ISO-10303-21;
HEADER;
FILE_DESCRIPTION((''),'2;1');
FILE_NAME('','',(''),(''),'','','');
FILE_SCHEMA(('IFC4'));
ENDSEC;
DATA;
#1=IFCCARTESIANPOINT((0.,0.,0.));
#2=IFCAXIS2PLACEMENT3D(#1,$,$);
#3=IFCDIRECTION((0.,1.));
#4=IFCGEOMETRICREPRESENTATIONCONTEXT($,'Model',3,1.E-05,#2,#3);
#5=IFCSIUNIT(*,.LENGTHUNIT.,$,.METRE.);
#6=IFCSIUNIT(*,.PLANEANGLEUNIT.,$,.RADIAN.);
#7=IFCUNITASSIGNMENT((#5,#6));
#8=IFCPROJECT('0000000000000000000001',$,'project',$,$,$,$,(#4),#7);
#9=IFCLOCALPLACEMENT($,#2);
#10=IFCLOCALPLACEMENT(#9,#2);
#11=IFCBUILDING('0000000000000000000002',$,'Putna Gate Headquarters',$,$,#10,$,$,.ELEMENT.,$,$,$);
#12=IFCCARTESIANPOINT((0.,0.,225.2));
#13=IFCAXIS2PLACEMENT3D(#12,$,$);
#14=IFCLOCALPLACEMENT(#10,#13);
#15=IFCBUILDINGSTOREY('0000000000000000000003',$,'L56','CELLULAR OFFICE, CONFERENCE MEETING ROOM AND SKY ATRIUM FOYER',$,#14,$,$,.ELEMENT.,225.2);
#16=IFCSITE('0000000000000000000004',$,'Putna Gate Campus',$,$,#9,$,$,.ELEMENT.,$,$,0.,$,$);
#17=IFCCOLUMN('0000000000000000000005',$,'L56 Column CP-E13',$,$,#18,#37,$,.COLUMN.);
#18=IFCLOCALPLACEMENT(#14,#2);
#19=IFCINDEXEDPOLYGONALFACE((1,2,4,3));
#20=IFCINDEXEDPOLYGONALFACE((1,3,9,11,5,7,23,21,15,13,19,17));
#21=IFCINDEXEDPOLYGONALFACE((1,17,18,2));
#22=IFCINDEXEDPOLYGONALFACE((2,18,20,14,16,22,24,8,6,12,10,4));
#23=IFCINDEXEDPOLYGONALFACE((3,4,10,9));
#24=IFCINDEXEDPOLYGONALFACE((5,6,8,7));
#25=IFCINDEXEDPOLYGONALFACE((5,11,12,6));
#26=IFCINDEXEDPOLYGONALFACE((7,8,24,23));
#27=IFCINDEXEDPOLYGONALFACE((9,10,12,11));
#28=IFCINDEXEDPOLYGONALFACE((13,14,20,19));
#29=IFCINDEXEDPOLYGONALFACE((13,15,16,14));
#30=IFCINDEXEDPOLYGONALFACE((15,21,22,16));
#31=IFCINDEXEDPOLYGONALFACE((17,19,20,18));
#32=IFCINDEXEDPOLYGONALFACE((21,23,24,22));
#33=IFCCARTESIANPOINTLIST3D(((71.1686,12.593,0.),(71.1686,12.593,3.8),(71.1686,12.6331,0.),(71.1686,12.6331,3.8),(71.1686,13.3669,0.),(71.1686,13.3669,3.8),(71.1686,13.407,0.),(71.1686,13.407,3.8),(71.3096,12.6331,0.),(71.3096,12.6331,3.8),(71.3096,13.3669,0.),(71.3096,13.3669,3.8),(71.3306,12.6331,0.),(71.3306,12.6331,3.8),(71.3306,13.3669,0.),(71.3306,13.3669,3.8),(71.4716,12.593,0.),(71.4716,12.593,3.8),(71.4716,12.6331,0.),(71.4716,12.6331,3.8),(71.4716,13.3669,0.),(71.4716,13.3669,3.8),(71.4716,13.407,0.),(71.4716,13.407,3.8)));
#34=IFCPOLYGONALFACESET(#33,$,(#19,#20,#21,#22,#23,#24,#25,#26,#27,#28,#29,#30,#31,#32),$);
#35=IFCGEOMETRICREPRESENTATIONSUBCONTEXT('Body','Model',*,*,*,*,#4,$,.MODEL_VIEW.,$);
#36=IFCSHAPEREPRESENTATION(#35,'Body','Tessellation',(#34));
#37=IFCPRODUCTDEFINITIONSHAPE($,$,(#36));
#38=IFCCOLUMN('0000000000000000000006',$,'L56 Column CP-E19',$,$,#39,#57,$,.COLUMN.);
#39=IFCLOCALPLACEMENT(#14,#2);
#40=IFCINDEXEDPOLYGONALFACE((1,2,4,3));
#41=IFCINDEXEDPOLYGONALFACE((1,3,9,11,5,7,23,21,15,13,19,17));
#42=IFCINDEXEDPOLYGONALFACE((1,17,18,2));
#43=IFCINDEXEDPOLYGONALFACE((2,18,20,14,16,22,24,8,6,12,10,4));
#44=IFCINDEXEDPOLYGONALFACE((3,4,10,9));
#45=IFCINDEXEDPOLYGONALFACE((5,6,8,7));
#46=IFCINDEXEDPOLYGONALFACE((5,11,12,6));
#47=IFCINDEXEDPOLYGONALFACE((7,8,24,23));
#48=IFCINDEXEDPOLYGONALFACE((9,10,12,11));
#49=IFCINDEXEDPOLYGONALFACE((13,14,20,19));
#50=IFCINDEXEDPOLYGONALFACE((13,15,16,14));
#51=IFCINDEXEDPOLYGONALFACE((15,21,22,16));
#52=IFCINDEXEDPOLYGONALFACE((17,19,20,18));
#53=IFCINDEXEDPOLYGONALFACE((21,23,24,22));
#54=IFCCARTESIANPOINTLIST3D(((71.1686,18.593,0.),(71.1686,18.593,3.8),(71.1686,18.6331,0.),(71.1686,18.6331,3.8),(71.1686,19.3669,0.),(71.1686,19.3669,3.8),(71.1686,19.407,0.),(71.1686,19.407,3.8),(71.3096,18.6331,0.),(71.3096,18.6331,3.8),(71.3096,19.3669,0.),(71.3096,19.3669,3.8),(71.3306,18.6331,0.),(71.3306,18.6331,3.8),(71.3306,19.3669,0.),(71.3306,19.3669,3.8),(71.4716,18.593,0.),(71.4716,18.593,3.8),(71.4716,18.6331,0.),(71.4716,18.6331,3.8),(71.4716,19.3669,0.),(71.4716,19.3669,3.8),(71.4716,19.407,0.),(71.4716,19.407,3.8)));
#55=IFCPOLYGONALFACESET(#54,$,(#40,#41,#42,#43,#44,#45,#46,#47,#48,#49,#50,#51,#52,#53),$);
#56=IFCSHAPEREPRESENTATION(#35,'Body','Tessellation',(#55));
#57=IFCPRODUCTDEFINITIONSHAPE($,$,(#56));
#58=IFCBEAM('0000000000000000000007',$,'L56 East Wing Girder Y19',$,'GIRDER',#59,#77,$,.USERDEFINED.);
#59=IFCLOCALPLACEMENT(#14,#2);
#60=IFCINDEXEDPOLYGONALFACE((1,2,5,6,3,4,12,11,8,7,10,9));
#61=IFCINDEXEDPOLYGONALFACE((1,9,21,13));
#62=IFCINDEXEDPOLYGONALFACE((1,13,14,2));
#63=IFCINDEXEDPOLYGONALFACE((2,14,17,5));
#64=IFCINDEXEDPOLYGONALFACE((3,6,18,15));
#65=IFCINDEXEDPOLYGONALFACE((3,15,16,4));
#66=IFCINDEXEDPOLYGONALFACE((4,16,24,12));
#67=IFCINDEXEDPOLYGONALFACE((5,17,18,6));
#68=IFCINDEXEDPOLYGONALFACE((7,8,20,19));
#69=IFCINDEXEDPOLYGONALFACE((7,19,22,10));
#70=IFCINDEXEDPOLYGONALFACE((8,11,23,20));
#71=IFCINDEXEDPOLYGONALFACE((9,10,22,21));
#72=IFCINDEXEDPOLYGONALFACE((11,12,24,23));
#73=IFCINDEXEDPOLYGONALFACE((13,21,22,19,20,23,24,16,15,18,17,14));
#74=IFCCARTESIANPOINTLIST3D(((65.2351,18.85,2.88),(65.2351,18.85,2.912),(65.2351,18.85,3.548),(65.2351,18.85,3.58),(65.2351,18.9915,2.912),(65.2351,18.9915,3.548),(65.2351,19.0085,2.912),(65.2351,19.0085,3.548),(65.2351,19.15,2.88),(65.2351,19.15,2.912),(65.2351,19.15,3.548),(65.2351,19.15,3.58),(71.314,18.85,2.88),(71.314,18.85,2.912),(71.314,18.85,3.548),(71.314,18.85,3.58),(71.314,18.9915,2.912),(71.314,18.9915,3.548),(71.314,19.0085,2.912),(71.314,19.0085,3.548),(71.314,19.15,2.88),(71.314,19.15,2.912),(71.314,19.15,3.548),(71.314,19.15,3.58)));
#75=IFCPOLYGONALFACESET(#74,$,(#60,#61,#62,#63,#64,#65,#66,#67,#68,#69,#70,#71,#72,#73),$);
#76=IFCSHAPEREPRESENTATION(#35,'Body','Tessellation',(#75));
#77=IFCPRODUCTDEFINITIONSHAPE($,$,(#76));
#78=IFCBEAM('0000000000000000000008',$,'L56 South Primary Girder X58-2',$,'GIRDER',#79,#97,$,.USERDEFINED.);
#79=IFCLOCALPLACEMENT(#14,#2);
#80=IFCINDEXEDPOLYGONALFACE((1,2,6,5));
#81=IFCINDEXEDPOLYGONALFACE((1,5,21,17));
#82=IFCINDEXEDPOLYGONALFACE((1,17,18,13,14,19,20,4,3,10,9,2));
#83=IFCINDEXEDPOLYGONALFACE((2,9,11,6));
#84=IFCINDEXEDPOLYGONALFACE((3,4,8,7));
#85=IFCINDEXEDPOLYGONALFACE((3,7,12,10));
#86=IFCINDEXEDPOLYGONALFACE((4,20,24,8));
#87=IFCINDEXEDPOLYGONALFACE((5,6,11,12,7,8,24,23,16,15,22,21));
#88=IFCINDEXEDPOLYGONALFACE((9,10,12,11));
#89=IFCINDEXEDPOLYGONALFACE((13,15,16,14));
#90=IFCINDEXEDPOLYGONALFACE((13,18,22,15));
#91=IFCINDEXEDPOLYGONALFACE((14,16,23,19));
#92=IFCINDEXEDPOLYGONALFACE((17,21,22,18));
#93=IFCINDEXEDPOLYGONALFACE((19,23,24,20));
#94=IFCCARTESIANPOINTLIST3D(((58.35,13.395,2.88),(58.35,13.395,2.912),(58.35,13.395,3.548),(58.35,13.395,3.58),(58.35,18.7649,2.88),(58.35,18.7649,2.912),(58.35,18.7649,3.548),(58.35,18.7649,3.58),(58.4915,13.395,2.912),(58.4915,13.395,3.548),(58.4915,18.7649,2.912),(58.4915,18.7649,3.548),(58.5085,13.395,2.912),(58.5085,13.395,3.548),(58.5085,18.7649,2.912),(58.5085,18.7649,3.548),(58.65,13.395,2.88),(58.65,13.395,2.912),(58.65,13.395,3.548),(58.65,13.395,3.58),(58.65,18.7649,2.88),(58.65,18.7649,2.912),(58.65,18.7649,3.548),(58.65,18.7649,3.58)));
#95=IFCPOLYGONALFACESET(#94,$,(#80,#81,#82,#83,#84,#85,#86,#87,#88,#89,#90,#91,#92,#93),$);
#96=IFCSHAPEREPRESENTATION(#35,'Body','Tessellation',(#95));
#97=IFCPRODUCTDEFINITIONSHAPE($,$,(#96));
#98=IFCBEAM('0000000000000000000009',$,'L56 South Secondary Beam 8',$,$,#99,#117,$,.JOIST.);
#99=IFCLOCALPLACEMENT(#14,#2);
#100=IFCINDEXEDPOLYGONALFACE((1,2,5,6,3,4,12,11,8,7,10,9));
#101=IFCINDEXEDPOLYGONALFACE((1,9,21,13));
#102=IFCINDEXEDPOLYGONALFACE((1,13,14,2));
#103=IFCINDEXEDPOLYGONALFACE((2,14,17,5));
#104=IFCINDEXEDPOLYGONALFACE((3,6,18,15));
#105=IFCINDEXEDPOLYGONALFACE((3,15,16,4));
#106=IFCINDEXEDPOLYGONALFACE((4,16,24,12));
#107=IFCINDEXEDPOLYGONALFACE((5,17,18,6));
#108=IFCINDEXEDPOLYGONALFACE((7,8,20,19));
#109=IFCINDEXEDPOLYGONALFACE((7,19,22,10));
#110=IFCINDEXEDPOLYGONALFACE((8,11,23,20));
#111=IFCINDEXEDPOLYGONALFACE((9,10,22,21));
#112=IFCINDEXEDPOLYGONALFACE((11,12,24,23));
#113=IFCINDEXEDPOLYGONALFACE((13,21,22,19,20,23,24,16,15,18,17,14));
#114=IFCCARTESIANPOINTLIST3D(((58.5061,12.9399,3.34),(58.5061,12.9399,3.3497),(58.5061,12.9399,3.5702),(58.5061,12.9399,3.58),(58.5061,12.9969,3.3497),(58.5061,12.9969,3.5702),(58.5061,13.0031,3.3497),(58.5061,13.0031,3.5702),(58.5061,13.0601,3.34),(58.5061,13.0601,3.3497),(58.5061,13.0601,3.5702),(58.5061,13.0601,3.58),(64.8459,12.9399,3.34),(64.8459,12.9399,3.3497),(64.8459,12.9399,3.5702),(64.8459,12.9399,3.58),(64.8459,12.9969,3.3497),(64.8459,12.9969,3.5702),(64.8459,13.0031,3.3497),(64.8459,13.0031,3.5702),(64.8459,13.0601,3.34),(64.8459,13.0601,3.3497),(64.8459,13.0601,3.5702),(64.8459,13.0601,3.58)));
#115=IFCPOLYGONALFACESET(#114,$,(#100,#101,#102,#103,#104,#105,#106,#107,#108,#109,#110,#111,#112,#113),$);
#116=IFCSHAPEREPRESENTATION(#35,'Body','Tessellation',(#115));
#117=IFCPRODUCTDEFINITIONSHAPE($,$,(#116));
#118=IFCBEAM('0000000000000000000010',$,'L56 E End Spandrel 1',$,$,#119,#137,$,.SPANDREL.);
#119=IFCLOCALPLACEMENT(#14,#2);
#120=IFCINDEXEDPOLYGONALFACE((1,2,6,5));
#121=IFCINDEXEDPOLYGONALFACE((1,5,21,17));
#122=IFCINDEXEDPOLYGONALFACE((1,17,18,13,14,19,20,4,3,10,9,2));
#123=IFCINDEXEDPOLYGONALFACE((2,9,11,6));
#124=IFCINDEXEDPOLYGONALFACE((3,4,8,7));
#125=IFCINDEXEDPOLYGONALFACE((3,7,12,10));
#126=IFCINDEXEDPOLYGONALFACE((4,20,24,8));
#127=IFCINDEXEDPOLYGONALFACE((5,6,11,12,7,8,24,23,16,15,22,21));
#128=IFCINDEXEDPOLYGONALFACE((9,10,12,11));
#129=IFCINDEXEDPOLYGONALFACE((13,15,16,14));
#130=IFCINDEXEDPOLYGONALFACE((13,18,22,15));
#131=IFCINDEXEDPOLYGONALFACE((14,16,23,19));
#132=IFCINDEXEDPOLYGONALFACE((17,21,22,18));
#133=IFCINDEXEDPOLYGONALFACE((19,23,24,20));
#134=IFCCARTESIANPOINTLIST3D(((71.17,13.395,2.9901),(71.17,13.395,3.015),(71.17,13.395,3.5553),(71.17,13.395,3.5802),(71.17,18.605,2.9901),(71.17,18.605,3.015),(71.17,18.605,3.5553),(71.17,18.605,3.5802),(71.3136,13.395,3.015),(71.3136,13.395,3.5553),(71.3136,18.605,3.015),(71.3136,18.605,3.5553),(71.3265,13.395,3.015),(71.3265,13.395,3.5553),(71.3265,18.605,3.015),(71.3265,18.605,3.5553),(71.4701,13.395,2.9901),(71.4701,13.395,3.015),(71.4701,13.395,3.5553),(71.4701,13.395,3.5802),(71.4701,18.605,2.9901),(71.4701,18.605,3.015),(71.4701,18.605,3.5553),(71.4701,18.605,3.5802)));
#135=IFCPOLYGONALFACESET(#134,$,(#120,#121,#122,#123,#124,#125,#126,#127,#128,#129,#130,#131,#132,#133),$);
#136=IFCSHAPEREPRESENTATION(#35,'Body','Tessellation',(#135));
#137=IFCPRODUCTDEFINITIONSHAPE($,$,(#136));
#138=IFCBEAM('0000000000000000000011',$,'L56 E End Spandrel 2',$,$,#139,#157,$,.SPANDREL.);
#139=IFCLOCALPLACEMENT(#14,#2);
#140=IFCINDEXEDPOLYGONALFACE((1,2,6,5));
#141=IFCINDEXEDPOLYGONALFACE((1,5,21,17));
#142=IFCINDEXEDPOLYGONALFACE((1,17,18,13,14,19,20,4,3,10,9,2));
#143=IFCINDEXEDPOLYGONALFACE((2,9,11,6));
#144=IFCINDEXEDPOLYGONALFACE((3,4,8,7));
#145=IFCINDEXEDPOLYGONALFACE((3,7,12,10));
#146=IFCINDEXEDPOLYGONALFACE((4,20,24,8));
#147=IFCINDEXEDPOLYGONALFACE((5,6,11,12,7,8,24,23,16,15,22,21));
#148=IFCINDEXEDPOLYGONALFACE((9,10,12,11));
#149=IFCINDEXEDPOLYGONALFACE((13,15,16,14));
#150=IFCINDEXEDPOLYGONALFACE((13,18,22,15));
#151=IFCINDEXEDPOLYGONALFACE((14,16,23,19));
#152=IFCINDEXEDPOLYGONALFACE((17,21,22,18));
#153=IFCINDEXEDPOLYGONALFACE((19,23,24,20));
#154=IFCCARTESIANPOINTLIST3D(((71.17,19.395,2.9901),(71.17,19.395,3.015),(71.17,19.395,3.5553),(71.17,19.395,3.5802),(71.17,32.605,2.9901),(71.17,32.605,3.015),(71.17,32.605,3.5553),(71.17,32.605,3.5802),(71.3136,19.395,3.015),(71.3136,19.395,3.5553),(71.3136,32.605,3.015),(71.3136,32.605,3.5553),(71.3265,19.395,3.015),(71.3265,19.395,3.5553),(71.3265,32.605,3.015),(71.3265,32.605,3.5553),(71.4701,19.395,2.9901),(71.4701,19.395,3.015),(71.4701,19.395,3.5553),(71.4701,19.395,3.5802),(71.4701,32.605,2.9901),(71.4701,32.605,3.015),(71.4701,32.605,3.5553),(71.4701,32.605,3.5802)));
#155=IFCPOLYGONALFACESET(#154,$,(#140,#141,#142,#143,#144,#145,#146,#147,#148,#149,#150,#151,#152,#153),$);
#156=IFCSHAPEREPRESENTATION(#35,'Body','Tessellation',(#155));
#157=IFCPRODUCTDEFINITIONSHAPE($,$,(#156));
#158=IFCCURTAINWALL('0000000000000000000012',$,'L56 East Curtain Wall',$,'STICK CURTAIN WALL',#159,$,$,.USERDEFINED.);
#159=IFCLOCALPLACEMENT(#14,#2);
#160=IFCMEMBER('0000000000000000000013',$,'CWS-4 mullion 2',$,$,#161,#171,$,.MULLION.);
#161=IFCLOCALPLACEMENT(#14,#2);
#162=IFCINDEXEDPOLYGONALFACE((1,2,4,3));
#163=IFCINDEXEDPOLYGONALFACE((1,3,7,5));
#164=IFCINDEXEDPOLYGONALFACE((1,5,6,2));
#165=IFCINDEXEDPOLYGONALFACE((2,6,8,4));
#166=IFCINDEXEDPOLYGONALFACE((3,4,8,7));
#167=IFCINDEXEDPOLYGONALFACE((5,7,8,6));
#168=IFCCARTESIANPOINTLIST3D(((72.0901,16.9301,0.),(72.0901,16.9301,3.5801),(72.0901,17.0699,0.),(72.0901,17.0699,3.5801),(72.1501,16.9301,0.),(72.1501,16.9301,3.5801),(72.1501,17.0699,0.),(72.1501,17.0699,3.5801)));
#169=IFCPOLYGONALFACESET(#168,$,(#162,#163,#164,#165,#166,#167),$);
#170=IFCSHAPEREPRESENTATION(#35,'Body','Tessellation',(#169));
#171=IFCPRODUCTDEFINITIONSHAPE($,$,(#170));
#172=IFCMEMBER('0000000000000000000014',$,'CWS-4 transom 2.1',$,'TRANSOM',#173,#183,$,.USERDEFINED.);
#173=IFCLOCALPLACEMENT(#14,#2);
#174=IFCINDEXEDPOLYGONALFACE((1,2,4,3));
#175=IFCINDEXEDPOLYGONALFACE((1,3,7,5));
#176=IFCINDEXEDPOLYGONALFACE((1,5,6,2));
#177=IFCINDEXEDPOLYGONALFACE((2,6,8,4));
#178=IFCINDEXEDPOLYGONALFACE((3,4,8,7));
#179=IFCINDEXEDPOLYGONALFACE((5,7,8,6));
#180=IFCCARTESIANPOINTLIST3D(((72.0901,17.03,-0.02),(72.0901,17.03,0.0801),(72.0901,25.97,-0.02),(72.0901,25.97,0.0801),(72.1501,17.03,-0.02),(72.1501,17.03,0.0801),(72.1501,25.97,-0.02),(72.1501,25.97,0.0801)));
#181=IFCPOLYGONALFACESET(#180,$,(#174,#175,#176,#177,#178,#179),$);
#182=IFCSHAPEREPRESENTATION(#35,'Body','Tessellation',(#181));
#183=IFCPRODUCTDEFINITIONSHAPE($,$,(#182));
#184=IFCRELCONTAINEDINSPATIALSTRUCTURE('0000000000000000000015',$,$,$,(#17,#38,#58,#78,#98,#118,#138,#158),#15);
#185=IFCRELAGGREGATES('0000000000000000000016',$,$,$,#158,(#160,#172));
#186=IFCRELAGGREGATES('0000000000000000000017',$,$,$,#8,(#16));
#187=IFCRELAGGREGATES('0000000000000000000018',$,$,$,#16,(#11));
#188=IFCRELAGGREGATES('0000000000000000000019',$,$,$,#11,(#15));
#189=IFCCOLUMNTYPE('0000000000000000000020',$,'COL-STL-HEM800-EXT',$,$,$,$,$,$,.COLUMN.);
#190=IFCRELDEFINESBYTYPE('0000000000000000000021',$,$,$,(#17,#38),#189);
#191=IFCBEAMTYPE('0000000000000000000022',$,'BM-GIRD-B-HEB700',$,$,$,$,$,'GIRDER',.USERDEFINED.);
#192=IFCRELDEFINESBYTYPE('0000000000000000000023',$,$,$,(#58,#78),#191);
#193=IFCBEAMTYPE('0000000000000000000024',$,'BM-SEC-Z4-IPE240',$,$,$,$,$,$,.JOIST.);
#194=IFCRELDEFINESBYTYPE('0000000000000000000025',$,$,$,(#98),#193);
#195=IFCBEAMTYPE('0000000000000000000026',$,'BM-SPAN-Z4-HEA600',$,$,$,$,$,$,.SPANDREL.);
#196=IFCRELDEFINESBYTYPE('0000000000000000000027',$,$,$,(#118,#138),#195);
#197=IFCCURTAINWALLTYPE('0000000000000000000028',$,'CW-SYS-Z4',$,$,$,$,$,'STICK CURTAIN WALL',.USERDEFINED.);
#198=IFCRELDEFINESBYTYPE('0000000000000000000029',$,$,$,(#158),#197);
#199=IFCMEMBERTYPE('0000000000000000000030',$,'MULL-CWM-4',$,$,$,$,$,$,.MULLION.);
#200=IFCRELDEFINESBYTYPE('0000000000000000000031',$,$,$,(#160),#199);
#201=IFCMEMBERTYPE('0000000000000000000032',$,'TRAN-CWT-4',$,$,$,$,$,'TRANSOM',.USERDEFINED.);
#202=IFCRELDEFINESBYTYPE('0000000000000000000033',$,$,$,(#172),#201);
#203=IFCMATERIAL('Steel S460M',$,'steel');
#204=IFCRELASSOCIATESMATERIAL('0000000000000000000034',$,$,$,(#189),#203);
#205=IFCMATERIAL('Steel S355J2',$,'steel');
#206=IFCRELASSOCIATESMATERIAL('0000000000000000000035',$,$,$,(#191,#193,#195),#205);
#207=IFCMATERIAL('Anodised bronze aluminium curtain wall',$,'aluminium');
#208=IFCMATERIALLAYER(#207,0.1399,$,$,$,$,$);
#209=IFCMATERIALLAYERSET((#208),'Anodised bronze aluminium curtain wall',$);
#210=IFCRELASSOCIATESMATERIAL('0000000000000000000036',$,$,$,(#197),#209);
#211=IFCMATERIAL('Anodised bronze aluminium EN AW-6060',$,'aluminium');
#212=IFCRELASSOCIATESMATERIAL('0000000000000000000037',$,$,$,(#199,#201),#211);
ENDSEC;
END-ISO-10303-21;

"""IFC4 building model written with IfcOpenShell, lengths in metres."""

from ifc_helpers import new_model, si_unit, direction, frame, origin, origin_2d, place, context, subcontext, project, spatial, rectangle, i_section, extrude, material, layer, layer_set, material_profile, profile_set, type_object, element, aggregate, save


model = new_model("IFC4")

# Units and contexts
model_context = context("Model", 3, precision=1e-05, world=origin(), true_north=direction((0.0, 1.0)))
body_context = subcontext(model_context, "Body", "Model", "MODEL_VIEW")
ifc_project = project(units=[si_unit("LENGTHUNIT", "METRE"), si_unit("PLANEANGLEUNIT", "RADIAN")], contexts=[model_context])

# Site, building, storey
site_placement = place(None, origin())
site = spatial("IfcSite", under=ifc_project, at=site_placement, Name="Putna Gate Campus", CompositionType="ELEMENT", RefElevation=0.0)
building_placement = place(site_placement, origin())
building = spatial("IfcBuilding", under=site, at=building_placement, Name="Putna Gate Headquarters", CompositionType="ELEMENT")
storey_placement = place(building_placement, frame((0.0, 0.0, 225.2)))
storey = spatial("IfcBuildingStorey", under=building, at=storey_placement, Name="L56", Description="CELLULAR OFFICE, CONFERENCE MEETING ROOM AND SKY ATRIUM FOYER", CompositionType="ELEMENT", Elevation=225.2)

# Columns
ifc_material_1 = material(Name="Steel S460M", Category="steel")
ifc_material_profile_1 = material_profile(ifc_material_1, i_section(OverallWidth=0.303, OverallDepth=0.814, WebThickness=0.021, FlangeThickness=0.04, at=origin_2d()), Name="Steel S460M")
ifc_profile_set_1 = profile_set([ifc_material_profile_1], Name="Steel S460M")
column_type = type_object("IfcColumnType", Name="COL-STL-HEM800-EXT", PredefinedType="COLUMN", material=ifc_profile_set_1)
for number, where, z_axis, x_axis, name in (
    (1, (71.3201, 13.0, 0.0), (0.0, 0.0, 1.0), (1.0, 0.0, 0.0), "L56 Column CP-E13"),
    (2, (71.3201, 19.0, 0.0), (0.0, 0.0, 1.0), (1.0, 0.0, 0.0), "L56 Column CP-E19"),
):
    element("IfcColumn", number, at=place(storey_placement, frame(where, z_axis=z_axis, x_axis=x_axis)), inside=storey, type_object=column_type, Name=name, PredefinedType="COLUMN", context=body_context, shape_type="SweptSolid", body=[
        extrude(i_section(OverallWidth=0.303, OverallDepth=0.814, WebThickness=0.021, FlangeThickness=0.04, at=origin_2d()), origin(), (0.0, 0.0, 1.0), 3.8),
    ])

# Beams
ifc_material_2 = material(Name="Steel S355J2", Category="steel")
ifc_material_profile_2 = material_profile(ifc_material_2, i_section(OverallWidth=0.3, OverallDepth=0.7, WebThickness=0.0171, FlangeThickness=0.032, at=origin_2d()), Name="Steel S355J2")
ifc_profile_set_2 = profile_set([ifc_material_profile_2], Name="Steel S355J2")
beam_type_1 = type_object("IfcBeamType", Name="BM-GIRD-B-HEB700", ElementType="GIRDER", PredefinedType="USERDEFINED", material=ifc_profile_set_2)
beam_1_placement = place(storey_placement, frame((65.2351, 19.0, 3.23), z_axis=(1.0, 0.0, 0.0), x_axis=(0.0, 1.0, 0.0)))
element("IfcBeam", 3, at=beam_1_placement, inside=storey, type_object=beam_type_1, Name="L56 East Wing Girder Y19", ObjectType="GIRDER", PredefinedType="USERDEFINED", context=body_context, shape_type="SweptSolid", body=[
    extrude(i_section(OverallWidth=0.3, OverallDepth=0.7, WebThickness=0.0171, FlangeThickness=0.032, at=origin_2d()), origin(), (0.0, 0.0, 1.0), 6.0789),
])
beam_2_placement = place(storey_placement, frame((58.5, 13.395, 3.23), z_axis=(0.0, 1.0, 0.0), x_axis=(-1.0, 0.0, 0.0)))
element("IfcBeam", 4, at=beam_2_placement, inside=storey, type_object=beam_type_1, Name="L56 South Primary Girder X58-2", ObjectType="GIRDER", PredefinedType="USERDEFINED", context=body_context, shape_type="SweptSolid", body=[
    extrude(i_section(OverallWidth=0.3, OverallDepth=0.7, WebThickness=0.0171, FlangeThickness=0.032, at=origin_2d()), origin(), (0.0, 0.0, 1.0), 5.3699),
])
ifc_material_profile_3 = material_profile(ifc_material_2, i_section(OverallWidth=0.1201, OverallDepth=0.24, WebThickness=0.0061, FlangeThickness=0.0098, at=origin_2d()), Name="Steel S355J2")
ifc_profile_set_3 = profile_set([ifc_material_profile_3], Name="Steel S355J2")
beam_type_2 = type_object("IfcBeamType", Name="BM-SEC-Z4-IPE240", PredefinedType="JOIST", material=ifc_profile_set_3)
beam_3_placement = place(storey_placement, frame((58.5061, 13.0, 3.46), z_axis=(1.0, 0.0, 0.0), x_axis=(0.0, 1.0, 0.0)))
element("IfcBeam", 5, at=beam_3_placement, inside=storey, type_object=beam_type_2, Name="L56 South Secondary Beam 8", PredefinedType="JOIST", context=body_context, shape_type="SweptSolid", body=[
    extrude(i_section(OverallWidth=0.1201, OverallDepth=0.24, WebThickness=0.0061, FlangeThickness=0.0098, at=origin_2d()), origin(), (0.0, 0.0, 1.0), 6.3398),
])
ifc_material_profile_4 = material_profile(ifc_material_2, i_section(OverallWidth=0.3, OverallDepth=0.5901, WebThickness=0.0129, FlangeThickness=0.0249, at=origin_2d()), Name="Steel S355J2")
ifc_profile_set_4 = profile_set([ifc_material_profile_4], Name="Steel S355J2")
beam_type_3 = type_object("IfcBeamType", Name="BM-SPAN-Z4-HEA600", PredefinedType="SPANDREL", material=ifc_profile_set_4)
beam_4_placement = place(storey_placement, frame((71.3201, 13.395, 3.2852), z_axis=(0.0, 1.0, 0.0), x_axis=(-1.0, 0.0, 0.0)))
element("IfcBeam", 6, at=beam_4_placement, inside=storey, type_object=beam_type_3, Name="L56 E End Spandrel 1", PredefinedType="SPANDREL", context=body_context, shape_type="SweptSolid", body=[
    extrude(i_section(OverallWidth=0.3, OverallDepth=0.5901, WebThickness=0.0129, FlangeThickness=0.0249, at=origin_2d()), origin(), (0.0, 0.0, 1.0), 5.21),
])
beam_5_placement = place(storey_placement, frame((71.3201, 19.395, 3.2852), z_axis=(0.0, 1.0, 0.0), x_axis=(-1.0, 0.0, 0.0)))
element("IfcBeam", 7, at=beam_5_placement, inside=storey, type_object=beam_type_3, Name="L56 E End Spandrel 2", PredefinedType="SPANDREL", context=body_context, shape_type="SweptSolid", body=[
    extrude(i_section(OverallWidth=0.3, OverallDepth=0.5901, WebThickness=0.0129, FlangeThickness=0.0249, at=origin_2d()), origin(), (0.0, 0.0, 1.0), 13.21),
])

# Curtain wall, members
ifc_material_3 = material(Name="Anodised bronze aluminium curtain wall", Category="aluminium")
ifc_layer_1 = layer(ifc_material_3, 0.1399)
ifc_layer_set_1 = layer_set([ifc_layer_1], Name="Anodised bronze aluminium curtain wall")
curtain_wall_type = type_object("IfcCurtainWallType", Name="CW-SYS-Z4", ElementType="STICK CURTAIN WALL", PredefinedType="USERDEFINED", material=ifc_layer_set_1)
curtain_wall_placement = place(storey_placement, origin())
curtain_wall = element("IfcCurtainWall", 8, at=curtain_wall_placement, inside=storey, type_object=curtain_wall_type, Name="L56 East Curtain Wall", ObjectType="STICK CURTAIN WALL", PredefinedType="USERDEFINED")
ifc_material_4 = material(Name="Anodised bronze aluminium EN AW-6060", Category="aluminium")
ifc_material_profile_5 = material_profile(ifc_material_4, rectangle(XDim=0.0601, YDim=0.1399, at=origin_2d()), Name="Anodised bronze aluminium EN AW-6060")
ifc_profile_set_5 = profile_set([ifc_material_profile_5], Name="Anodised bronze aluminium EN AW-6060")
member_type_1 = type_object("IfcMemberType", Name="MULL-CWM-4", PredefinedType="MULLION", material=ifc_profile_set_5)
member_1_placement = place(storey_placement, frame((72.1201, 17.0, 0.0), z_axis=(0.0, 0.0, 1.0), x_axis=(-1.0, 0.0, 0.0)))
member_1 = element("IfcMember", 9, at=member_1_placement, type_object=member_type_1, Name="CWS-4 mullion 2", PredefinedType="MULLION", context=body_context, shape_type="SweptSolid", body=[
    extrude(rectangle(XDim=0.0601, YDim=0.1399, at=origin_2d()), origin(), (0.0, 0.0, 1.0), 3.5801),
])
ifc_material_profile_6 = material_profile(ifc_material_4, rectangle(XDim=0.0601, YDim=0.1001, at=origin_2d()), Name="Anodised bronze aluminium EN AW-6060")
ifc_profile_set_6 = profile_set([ifc_material_profile_6], Name="Anodised bronze aluminium EN AW-6060")
member_type_2 = type_object("IfcMemberType", Name="TRAN-CWT-4", ElementType="TRANSOM", PredefinedType="USERDEFINED", material=ifc_profile_set_6)
member_2_placement = place(storey_placement, frame((72.1201, 17.03, 0.03), z_axis=(0.0, 1.0, 0.0), x_axis=(-1.0, 0.0, 0.0)))
member_2 = element("IfcMember", 10, at=member_2_placement, type_object=member_type_2, Name="CWS-4 transom 2.1", ObjectType="TRANSOM", PredefinedType="USERDEFINED", context=body_context, shape_type="SweptSolid", body=[
    extrude(rectangle(XDim=0.0601, YDim=0.1001, at=origin_2d()), origin(), (0.0, 0.0, 1.0), 8.9399),
])
aggregate(curtain_wall, [member_1, member_2])

save(model, "model.ifc")
